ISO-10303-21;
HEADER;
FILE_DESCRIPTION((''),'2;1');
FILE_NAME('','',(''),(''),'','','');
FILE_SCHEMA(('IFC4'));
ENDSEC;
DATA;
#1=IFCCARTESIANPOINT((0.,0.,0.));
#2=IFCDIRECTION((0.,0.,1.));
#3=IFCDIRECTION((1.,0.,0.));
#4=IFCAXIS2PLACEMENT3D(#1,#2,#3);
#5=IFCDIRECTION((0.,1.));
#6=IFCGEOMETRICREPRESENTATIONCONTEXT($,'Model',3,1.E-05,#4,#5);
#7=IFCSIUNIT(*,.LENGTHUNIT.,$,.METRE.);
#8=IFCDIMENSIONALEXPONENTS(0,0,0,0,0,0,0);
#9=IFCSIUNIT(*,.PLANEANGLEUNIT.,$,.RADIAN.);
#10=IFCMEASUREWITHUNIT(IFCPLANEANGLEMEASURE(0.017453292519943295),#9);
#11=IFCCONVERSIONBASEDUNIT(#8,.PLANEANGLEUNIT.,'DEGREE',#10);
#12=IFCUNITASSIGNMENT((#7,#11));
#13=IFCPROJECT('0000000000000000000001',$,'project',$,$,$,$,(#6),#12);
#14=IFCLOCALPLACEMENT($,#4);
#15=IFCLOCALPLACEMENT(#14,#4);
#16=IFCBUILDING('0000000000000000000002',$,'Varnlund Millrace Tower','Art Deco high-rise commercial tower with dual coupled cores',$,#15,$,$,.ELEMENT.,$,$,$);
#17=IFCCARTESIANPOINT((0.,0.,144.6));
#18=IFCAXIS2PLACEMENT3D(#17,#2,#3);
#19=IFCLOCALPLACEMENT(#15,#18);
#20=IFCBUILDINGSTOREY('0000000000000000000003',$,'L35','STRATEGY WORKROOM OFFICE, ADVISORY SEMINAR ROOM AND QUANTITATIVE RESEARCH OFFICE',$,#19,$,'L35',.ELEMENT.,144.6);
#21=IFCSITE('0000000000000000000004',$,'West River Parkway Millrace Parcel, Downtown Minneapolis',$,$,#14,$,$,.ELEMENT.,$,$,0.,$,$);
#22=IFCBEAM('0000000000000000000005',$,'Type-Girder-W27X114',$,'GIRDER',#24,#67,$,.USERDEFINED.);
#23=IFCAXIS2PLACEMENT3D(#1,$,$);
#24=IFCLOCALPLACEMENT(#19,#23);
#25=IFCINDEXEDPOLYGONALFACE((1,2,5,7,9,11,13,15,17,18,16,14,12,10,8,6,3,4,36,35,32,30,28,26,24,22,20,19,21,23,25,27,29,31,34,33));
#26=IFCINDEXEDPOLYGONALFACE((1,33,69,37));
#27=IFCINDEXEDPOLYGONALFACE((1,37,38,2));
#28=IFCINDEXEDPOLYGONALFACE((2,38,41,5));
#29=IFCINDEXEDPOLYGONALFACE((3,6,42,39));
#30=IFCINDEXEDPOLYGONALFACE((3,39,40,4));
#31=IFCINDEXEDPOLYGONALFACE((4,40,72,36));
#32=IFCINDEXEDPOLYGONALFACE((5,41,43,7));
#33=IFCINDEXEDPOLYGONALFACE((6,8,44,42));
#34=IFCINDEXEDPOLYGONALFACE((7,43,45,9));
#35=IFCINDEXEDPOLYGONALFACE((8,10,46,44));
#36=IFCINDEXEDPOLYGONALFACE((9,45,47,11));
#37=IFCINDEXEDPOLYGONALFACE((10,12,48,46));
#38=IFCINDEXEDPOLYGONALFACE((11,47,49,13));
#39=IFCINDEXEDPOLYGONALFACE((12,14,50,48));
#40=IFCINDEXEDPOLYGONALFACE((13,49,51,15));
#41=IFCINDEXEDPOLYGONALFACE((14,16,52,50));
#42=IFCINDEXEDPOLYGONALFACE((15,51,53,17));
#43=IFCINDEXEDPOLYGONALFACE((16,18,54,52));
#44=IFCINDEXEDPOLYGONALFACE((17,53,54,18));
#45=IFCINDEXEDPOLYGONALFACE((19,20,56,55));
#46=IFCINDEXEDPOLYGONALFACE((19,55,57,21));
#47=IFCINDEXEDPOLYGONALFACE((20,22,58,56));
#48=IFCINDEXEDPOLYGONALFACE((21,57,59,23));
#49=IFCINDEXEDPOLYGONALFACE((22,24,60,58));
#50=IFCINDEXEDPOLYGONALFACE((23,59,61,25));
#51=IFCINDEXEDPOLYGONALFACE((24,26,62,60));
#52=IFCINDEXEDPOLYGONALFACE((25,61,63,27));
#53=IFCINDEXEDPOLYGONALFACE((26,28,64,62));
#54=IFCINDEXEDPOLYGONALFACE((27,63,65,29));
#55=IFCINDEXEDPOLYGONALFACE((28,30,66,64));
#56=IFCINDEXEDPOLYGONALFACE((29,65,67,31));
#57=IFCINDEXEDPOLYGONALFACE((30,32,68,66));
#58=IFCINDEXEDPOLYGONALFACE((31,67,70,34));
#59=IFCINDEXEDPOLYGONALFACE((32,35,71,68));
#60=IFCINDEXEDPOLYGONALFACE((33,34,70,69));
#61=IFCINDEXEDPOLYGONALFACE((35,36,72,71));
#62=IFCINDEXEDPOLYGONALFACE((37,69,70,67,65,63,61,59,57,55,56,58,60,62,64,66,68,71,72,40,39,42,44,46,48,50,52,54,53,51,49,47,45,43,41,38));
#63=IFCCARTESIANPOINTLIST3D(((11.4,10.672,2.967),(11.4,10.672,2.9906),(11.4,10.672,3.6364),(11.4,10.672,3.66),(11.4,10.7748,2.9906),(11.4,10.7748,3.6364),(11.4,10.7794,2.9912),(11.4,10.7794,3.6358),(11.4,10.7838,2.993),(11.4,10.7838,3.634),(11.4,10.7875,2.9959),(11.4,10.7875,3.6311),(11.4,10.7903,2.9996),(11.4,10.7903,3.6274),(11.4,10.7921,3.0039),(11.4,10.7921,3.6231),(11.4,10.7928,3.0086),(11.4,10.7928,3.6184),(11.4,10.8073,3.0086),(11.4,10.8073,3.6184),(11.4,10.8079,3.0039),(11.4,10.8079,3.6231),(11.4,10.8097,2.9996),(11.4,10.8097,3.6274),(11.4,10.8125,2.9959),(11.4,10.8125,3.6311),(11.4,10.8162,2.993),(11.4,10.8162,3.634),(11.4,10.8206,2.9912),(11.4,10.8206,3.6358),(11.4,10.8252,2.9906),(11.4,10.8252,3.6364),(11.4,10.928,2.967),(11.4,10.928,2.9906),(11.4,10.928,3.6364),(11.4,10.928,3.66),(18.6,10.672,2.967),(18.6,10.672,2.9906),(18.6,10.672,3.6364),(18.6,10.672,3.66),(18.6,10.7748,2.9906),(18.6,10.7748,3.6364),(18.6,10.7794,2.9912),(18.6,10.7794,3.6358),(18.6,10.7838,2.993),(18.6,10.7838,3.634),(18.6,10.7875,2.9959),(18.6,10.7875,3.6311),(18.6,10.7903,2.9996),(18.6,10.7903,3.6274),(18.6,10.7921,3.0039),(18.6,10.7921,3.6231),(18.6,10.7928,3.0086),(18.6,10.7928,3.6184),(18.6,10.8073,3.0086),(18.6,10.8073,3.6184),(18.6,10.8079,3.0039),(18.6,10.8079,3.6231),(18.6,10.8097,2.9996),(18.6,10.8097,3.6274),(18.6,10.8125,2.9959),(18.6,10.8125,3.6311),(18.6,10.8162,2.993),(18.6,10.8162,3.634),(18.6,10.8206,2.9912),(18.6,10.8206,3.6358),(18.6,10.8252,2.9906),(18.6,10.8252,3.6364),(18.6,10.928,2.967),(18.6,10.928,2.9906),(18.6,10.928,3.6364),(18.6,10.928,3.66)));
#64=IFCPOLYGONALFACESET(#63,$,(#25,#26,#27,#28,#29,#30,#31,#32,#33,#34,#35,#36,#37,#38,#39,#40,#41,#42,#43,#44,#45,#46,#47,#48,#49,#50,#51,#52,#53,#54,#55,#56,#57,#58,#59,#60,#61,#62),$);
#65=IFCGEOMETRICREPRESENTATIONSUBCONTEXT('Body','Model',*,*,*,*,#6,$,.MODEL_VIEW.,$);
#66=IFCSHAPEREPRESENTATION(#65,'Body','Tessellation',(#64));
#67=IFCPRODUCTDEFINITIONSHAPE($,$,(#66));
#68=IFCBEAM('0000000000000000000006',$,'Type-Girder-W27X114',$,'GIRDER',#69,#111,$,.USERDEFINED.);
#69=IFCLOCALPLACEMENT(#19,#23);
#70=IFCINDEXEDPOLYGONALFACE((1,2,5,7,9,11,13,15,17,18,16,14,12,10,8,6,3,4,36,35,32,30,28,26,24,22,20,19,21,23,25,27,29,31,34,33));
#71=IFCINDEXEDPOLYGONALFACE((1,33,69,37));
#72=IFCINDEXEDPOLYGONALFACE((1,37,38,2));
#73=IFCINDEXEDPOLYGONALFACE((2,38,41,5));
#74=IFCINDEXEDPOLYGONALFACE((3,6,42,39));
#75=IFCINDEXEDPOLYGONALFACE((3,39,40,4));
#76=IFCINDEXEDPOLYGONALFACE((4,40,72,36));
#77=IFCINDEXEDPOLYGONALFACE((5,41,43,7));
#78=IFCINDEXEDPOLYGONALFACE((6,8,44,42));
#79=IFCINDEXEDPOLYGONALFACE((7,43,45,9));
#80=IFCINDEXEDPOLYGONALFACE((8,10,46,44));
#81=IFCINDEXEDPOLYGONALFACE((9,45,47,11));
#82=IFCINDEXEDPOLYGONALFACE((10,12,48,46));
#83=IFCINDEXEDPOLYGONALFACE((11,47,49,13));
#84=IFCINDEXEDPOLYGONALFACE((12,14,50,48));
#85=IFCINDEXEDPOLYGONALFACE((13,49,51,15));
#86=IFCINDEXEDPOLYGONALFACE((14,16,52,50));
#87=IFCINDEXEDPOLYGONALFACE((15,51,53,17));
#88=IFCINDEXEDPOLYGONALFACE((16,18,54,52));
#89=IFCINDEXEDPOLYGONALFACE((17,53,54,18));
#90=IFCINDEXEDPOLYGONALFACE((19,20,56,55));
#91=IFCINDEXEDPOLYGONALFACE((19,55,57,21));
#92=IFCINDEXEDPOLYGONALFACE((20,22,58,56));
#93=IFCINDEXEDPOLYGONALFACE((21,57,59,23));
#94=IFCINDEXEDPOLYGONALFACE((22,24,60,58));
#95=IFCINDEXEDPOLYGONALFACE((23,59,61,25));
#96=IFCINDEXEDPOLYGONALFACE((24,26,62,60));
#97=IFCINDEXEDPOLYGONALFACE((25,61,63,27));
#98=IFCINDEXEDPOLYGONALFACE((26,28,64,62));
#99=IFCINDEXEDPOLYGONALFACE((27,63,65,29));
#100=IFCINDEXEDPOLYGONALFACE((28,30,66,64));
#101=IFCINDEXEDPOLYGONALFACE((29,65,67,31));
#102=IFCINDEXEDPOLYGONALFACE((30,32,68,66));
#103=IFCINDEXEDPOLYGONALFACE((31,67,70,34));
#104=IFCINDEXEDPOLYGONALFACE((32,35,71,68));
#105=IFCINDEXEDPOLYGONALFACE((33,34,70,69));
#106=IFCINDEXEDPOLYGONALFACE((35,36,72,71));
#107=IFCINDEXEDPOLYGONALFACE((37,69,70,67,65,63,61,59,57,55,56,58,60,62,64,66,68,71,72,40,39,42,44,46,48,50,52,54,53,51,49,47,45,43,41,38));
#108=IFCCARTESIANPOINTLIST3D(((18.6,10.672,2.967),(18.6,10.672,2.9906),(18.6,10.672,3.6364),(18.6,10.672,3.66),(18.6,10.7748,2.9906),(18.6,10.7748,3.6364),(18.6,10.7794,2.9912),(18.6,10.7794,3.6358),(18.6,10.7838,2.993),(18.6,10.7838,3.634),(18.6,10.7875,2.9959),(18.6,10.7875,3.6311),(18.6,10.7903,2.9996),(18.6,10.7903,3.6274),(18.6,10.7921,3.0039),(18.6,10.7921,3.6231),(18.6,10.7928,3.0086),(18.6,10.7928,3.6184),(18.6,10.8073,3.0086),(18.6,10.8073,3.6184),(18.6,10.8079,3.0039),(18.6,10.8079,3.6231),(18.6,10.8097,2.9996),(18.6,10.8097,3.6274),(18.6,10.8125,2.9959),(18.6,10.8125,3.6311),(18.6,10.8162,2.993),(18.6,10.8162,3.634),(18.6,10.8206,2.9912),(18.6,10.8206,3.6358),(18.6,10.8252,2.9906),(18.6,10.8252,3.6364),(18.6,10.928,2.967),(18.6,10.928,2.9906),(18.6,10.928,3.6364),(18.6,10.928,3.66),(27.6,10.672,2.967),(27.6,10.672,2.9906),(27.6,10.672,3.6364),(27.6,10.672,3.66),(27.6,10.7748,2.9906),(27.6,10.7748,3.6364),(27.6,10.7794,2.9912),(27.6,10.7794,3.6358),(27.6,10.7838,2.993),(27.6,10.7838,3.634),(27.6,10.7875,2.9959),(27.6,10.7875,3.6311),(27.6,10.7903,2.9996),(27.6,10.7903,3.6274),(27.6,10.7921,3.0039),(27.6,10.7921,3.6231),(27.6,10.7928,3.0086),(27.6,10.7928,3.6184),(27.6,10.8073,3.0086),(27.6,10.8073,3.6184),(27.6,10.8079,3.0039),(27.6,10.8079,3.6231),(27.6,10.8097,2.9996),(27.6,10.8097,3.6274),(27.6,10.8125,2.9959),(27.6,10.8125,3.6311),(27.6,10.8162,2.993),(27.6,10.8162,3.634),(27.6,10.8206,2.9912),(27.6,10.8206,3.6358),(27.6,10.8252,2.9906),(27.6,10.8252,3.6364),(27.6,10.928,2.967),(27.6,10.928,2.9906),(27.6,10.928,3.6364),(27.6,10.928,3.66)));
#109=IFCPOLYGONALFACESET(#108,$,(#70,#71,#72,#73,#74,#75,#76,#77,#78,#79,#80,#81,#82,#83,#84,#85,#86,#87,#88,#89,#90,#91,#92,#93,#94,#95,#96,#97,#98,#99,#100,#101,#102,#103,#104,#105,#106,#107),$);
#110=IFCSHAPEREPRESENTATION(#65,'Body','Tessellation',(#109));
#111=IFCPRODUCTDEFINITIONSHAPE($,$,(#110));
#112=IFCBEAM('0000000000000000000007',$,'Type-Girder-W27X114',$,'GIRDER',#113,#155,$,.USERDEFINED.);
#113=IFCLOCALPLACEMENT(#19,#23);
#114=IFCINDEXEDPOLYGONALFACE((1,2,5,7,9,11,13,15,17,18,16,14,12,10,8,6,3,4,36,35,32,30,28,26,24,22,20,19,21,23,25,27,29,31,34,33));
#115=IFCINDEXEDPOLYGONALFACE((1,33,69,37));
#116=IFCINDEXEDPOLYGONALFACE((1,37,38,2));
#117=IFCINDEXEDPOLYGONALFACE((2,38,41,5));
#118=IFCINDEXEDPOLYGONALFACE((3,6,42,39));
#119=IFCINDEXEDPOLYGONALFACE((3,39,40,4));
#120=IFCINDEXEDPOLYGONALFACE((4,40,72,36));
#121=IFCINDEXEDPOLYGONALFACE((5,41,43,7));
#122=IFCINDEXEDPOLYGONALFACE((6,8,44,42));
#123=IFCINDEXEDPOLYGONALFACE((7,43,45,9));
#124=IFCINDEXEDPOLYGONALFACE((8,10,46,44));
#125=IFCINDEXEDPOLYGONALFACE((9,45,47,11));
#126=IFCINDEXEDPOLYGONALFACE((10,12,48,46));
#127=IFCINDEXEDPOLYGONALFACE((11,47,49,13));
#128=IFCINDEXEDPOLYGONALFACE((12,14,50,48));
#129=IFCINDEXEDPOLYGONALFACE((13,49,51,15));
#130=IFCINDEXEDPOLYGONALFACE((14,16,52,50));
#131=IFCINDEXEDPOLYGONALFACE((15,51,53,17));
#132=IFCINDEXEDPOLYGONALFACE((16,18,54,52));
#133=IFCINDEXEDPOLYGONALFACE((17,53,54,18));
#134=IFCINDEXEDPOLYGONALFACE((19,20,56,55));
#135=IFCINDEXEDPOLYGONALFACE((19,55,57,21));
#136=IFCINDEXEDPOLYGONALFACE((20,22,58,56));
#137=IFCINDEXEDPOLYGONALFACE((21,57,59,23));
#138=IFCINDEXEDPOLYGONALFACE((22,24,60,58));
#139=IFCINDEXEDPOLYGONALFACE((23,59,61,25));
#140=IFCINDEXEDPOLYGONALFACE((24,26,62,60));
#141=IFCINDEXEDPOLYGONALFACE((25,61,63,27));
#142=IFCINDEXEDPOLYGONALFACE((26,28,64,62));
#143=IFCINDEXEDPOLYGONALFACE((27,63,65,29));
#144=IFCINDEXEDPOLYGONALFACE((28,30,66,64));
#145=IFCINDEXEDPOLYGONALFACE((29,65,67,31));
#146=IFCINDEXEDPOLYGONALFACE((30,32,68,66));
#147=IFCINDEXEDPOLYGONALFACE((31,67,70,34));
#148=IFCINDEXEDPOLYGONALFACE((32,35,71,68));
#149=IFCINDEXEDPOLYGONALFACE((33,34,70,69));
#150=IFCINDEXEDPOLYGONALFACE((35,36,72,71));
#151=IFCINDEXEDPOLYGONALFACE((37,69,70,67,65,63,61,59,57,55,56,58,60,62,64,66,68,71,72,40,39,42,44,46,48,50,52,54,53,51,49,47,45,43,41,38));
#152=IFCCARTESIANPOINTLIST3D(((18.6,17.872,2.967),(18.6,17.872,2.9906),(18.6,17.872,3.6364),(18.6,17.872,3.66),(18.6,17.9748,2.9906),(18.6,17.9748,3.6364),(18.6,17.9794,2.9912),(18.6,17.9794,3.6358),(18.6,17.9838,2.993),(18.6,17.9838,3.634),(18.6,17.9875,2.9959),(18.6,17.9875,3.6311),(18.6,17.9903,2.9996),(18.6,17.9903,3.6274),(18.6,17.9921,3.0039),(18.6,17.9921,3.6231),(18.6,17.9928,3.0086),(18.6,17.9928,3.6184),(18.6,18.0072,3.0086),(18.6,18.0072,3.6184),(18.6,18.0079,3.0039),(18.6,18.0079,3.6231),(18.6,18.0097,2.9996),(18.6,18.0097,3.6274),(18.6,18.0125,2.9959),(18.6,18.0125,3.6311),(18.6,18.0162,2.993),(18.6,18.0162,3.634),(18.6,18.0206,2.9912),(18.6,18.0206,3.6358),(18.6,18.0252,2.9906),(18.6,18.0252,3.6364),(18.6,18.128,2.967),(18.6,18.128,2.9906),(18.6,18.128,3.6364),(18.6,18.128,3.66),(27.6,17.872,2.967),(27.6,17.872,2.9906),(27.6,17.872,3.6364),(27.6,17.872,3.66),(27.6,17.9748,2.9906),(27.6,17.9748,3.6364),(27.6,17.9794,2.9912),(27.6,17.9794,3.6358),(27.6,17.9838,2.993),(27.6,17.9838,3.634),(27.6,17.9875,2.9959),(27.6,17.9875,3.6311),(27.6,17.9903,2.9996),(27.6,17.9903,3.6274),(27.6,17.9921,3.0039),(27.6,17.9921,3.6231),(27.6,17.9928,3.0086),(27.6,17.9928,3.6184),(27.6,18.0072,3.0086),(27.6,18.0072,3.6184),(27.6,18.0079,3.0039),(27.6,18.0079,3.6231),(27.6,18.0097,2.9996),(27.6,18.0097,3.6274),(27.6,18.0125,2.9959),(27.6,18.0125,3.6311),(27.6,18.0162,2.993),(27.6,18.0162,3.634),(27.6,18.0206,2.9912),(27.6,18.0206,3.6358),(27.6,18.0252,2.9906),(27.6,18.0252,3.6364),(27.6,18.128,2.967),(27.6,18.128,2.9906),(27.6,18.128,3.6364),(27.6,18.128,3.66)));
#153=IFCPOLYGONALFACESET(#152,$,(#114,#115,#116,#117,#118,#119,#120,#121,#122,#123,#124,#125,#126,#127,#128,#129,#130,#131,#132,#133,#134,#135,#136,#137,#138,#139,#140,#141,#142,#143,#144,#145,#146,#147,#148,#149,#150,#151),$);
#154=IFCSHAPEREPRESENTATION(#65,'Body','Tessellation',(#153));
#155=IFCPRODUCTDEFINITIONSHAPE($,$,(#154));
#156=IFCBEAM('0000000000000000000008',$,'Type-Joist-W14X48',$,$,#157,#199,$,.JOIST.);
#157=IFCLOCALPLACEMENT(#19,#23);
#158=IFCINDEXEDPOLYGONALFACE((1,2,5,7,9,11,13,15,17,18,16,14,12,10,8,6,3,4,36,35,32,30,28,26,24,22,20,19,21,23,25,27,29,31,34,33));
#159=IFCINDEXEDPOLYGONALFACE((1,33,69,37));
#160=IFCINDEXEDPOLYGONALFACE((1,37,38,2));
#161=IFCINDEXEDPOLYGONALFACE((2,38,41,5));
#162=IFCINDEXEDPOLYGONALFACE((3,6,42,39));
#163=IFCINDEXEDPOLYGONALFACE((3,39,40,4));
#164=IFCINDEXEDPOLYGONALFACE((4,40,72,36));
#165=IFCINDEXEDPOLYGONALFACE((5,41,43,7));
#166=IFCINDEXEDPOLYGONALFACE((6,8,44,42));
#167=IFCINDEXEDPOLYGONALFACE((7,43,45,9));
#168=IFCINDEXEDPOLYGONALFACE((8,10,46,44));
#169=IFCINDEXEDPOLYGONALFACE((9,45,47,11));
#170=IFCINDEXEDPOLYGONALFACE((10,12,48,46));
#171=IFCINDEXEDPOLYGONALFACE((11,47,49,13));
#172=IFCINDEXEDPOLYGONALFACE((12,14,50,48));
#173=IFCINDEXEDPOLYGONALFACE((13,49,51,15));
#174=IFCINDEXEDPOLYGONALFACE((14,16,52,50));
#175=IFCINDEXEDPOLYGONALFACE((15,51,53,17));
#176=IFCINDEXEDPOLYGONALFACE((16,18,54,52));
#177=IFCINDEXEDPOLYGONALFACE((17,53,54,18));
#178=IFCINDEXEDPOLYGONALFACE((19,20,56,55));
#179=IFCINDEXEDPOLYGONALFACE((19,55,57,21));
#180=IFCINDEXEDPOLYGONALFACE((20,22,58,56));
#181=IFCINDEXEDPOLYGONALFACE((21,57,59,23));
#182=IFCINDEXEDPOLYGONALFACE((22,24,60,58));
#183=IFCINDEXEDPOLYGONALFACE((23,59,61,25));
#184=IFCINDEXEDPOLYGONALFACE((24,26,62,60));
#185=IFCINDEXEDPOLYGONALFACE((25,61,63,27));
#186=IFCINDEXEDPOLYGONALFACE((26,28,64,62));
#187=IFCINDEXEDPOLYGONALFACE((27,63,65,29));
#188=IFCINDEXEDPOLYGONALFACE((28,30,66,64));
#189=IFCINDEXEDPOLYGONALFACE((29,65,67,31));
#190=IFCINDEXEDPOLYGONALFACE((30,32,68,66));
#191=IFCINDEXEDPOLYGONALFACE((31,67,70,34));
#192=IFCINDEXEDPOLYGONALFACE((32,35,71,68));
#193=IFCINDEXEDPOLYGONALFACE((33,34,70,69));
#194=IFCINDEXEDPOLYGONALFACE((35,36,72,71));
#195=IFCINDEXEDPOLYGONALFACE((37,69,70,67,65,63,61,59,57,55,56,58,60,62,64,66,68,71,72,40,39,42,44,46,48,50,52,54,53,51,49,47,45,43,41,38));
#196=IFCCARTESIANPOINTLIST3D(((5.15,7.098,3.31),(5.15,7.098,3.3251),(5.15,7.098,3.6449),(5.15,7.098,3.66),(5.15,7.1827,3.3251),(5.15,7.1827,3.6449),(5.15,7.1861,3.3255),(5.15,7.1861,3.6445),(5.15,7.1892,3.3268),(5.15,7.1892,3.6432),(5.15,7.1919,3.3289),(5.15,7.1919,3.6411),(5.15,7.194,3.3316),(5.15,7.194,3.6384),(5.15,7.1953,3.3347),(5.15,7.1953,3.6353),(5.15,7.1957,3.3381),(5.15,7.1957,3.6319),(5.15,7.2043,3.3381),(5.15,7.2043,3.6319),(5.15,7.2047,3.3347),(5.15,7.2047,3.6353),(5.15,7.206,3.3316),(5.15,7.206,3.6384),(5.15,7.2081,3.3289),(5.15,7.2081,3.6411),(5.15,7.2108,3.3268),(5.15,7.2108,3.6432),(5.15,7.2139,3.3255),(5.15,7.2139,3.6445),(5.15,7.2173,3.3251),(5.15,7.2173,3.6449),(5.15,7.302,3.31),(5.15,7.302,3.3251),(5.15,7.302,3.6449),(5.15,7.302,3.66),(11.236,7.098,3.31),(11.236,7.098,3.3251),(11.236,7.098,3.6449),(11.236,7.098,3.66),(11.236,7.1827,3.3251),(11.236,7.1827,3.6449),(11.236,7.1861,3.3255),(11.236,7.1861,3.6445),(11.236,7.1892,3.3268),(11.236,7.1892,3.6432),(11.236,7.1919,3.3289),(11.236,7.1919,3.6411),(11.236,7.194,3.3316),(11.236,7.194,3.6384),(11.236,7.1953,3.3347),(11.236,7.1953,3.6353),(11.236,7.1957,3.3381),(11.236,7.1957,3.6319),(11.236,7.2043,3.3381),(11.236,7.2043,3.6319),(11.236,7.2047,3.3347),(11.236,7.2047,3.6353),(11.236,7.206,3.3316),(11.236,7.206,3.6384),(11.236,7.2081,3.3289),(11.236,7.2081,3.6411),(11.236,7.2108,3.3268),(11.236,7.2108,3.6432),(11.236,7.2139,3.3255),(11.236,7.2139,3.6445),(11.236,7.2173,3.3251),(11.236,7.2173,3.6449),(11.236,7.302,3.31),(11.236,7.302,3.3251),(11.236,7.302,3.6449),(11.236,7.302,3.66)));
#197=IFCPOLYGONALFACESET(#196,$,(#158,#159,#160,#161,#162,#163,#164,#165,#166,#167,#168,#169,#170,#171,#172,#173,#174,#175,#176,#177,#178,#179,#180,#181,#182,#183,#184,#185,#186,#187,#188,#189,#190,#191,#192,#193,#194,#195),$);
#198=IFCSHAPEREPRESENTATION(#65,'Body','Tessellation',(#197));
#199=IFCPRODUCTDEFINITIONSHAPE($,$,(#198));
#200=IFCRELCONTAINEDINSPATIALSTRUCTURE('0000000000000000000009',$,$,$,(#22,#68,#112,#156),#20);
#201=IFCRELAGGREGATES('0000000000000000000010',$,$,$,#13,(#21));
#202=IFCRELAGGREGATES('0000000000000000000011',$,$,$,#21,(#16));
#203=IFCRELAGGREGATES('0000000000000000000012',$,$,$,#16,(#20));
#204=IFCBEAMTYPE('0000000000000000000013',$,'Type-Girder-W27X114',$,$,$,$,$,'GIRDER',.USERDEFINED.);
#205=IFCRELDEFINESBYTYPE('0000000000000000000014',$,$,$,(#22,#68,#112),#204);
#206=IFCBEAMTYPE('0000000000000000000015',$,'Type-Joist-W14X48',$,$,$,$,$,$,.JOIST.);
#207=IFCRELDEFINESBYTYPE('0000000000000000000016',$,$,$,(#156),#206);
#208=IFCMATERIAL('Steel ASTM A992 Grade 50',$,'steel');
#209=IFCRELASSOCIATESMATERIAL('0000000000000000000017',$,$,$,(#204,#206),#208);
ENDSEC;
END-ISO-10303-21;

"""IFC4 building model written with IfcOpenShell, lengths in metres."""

from ifc_helpers import new_model, entity, si_unit, converted_unit, direction, frame, origin_with_axes, origin_2d_with_axis, place, context, subcontext, project, spatial, i_section, extrude, material, material_profile, profile_set, type_object, element, save


model = new_model("IFC4")

# Units and contexts
model_context = context("Model", 3, precision=1e-05, world=origin_with_axes(), true_north=direction((0.0, 1.0)))
body_context = subcontext(model_context, "Body", "Model", "MODEL_VIEW")
ifc_project = project(units=[si_unit("LENGTHUNIT", "METRE"), converted_unit("PLANEANGLEUNIT", "DEGREE", entity("IfcPlaneAngleMeasure", 0.017453292519943295), si_unit("PLANEANGLEUNIT", "RADIAN"), dimensions=[0, 0, 0, 0, 0, 0, 0])], contexts=[model_context])

# Site, building, storey
site_placement = place(None, origin_with_axes())
site = spatial("IfcSite", under=ifc_project, at=site_placement, Name="West River Parkway Millrace Parcel, Downtown Minneapolis", CompositionType="ELEMENT", RefElevation=0.0)
building_placement = place(site_placement, origin_with_axes())
building = spatial("IfcBuilding", under=site, at=building_placement, Name="Varnlund Millrace Tower", Description="Art Deco high-rise commercial tower with dual coupled cores", CompositionType="ELEMENT")
storey_placement = place(building_placement, frame((0.0, 0.0, 144.6), z_axis=(0.0, 0.0, 1.0), x_axis=(1.0, 0.0, 0.0)))
storey = spatial("IfcBuildingStorey", under=building, at=storey_placement, Name="L35", Description="STRATEGY WORKROOM OFFICE, ADVISORY SEMINAR ROOM AND QUANTITATIVE RESEARCH OFFICE", LongName="L35", CompositionType="ELEMENT", Elevation=144.6)

# Beams
ifc_material_1 = material(Name="Steel ASTM A992 Grade 50", Category="steel")
ifc_material_profile_1 = material_profile(ifc_material_1, i_section(OverallWidth=0.256, OverallDepth=0.693, WebThickness=0.0145, FlangeThickness=0.0236, FilletRadius=0.018, at=origin_2d_with_axis()), Name="Steel ASTM A992 Grade 50")
ifc_profile_set_1 = profile_set([ifc_material_profile_1], Name="Steel ASTM A992 Grade 50")
beam_type_1 = type_object("IfcBeamType", Name="Type-Girder-W27X114", ElementType="GIRDER", PredefinedType="USERDEFINED", material=ifc_profile_set_1)
beam_1_placement = place(storey_placement, frame((11.4, 10.8, 3.3135), z_axis=(1.0, 0.0, 0.0), x_axis=(0.0, 1.0, 0.0)))
element("IfcBeam", 1, at=beam_1_placement, inside=storey, type_object=beam_type_1, Name="Type-Girder-W27X114", ObjectType="GIRDER", PredefinedType="USERDEFINED", context=body_context, shape_type="SweptSolid", body=[
    extrude(i_section(OverallWidth=0.256, OverallDepth=0.693, WebThickness=0.0145, FlangeThickness=0.0236, FilletRadius=0.018, at=origin_2d_with_axis()), origin_with_axes(), (0.0, 0.0, 1.0), 7.2),
])
for number, where, z_axis, x_axis, name in (
    (2, (18.6, 10.8, 3.3135), (1.0, 0.0, 0.0), (0.0, 1.0, 0.0), "Type-Girder-W27X114"),
    (3, (18.6, 18.0, 3.3135), (1.0, 0.0, 0.0), (0.0, 1.0, 0.0), "Type-Girder-W27X114"),
):
    element("IfcBeam", number, at=place(storey_placement, frame(where, z_axis=z_axis, x_axis=x_axis)), inside=storey, type_object=beam_type_1, Name=name, ObjectType="GIRDER", PredefinedType="USERDEFINED", context=body_context, shape_type="SweptSolid", body=[
        extrude(i_section(OverallWidth=0.256, OverallDepth=0.693, WebThickness=0.0145, FlangeThickness=0.0236, FilletRadius=0.018, at=origin_2d_with_axis()), origin_with_axes(), (0.0, 0.0, 1.0), 9.0),
    ])
ifc_material_profile_2 = material_profile(ifc_material_1, i_section(OverallWidth=0.204, OverallDepth=0.35, WebThickness=0.0086, FlangeThickness=0.0151, FilletRadius=0.013, at=origin_2d_with_axis()), Name="Steel ASTM A992 Grade 50")
ifc_profile_set_2 = profile_set([ifc_material_profile_2], Name="Steel ASTM A992 Grade 50")
beam_type_2 = type_object("IfcBeamType", Name="Type-Joist-W14X48", PredefinedType="JOIST", material=ifc_profile_set_2)
for number, where, z_axis, x_axis, name in (
    (4, (5.15, 7.2, 3.485), (1.0, 0.0, 0.0), (0.0, 1.0, 0.0), "Type-Joist-W14X48"),
):
    element("IfcBeam", number, at=place(storey_placement, frame(where, z_axis=z_axis, x_axis=x_axis)), inside=storey, type_object=beam_type_2, Name=name, PredefinedType="JOIST", context=body_context, shape_type="SweptSolid", body=[
        extrude(i_section(OverallWidth=0.204, OverallDepth=0.35, WebThickness=0.0086, FlangeThickness=0.0151, FilletRadius=0.013, at=origin_2d_with_axis()), origin_with_axes(), (0.0, 0.0, 1.0), 6.086),
    ])

save(model, "model.ifc")
